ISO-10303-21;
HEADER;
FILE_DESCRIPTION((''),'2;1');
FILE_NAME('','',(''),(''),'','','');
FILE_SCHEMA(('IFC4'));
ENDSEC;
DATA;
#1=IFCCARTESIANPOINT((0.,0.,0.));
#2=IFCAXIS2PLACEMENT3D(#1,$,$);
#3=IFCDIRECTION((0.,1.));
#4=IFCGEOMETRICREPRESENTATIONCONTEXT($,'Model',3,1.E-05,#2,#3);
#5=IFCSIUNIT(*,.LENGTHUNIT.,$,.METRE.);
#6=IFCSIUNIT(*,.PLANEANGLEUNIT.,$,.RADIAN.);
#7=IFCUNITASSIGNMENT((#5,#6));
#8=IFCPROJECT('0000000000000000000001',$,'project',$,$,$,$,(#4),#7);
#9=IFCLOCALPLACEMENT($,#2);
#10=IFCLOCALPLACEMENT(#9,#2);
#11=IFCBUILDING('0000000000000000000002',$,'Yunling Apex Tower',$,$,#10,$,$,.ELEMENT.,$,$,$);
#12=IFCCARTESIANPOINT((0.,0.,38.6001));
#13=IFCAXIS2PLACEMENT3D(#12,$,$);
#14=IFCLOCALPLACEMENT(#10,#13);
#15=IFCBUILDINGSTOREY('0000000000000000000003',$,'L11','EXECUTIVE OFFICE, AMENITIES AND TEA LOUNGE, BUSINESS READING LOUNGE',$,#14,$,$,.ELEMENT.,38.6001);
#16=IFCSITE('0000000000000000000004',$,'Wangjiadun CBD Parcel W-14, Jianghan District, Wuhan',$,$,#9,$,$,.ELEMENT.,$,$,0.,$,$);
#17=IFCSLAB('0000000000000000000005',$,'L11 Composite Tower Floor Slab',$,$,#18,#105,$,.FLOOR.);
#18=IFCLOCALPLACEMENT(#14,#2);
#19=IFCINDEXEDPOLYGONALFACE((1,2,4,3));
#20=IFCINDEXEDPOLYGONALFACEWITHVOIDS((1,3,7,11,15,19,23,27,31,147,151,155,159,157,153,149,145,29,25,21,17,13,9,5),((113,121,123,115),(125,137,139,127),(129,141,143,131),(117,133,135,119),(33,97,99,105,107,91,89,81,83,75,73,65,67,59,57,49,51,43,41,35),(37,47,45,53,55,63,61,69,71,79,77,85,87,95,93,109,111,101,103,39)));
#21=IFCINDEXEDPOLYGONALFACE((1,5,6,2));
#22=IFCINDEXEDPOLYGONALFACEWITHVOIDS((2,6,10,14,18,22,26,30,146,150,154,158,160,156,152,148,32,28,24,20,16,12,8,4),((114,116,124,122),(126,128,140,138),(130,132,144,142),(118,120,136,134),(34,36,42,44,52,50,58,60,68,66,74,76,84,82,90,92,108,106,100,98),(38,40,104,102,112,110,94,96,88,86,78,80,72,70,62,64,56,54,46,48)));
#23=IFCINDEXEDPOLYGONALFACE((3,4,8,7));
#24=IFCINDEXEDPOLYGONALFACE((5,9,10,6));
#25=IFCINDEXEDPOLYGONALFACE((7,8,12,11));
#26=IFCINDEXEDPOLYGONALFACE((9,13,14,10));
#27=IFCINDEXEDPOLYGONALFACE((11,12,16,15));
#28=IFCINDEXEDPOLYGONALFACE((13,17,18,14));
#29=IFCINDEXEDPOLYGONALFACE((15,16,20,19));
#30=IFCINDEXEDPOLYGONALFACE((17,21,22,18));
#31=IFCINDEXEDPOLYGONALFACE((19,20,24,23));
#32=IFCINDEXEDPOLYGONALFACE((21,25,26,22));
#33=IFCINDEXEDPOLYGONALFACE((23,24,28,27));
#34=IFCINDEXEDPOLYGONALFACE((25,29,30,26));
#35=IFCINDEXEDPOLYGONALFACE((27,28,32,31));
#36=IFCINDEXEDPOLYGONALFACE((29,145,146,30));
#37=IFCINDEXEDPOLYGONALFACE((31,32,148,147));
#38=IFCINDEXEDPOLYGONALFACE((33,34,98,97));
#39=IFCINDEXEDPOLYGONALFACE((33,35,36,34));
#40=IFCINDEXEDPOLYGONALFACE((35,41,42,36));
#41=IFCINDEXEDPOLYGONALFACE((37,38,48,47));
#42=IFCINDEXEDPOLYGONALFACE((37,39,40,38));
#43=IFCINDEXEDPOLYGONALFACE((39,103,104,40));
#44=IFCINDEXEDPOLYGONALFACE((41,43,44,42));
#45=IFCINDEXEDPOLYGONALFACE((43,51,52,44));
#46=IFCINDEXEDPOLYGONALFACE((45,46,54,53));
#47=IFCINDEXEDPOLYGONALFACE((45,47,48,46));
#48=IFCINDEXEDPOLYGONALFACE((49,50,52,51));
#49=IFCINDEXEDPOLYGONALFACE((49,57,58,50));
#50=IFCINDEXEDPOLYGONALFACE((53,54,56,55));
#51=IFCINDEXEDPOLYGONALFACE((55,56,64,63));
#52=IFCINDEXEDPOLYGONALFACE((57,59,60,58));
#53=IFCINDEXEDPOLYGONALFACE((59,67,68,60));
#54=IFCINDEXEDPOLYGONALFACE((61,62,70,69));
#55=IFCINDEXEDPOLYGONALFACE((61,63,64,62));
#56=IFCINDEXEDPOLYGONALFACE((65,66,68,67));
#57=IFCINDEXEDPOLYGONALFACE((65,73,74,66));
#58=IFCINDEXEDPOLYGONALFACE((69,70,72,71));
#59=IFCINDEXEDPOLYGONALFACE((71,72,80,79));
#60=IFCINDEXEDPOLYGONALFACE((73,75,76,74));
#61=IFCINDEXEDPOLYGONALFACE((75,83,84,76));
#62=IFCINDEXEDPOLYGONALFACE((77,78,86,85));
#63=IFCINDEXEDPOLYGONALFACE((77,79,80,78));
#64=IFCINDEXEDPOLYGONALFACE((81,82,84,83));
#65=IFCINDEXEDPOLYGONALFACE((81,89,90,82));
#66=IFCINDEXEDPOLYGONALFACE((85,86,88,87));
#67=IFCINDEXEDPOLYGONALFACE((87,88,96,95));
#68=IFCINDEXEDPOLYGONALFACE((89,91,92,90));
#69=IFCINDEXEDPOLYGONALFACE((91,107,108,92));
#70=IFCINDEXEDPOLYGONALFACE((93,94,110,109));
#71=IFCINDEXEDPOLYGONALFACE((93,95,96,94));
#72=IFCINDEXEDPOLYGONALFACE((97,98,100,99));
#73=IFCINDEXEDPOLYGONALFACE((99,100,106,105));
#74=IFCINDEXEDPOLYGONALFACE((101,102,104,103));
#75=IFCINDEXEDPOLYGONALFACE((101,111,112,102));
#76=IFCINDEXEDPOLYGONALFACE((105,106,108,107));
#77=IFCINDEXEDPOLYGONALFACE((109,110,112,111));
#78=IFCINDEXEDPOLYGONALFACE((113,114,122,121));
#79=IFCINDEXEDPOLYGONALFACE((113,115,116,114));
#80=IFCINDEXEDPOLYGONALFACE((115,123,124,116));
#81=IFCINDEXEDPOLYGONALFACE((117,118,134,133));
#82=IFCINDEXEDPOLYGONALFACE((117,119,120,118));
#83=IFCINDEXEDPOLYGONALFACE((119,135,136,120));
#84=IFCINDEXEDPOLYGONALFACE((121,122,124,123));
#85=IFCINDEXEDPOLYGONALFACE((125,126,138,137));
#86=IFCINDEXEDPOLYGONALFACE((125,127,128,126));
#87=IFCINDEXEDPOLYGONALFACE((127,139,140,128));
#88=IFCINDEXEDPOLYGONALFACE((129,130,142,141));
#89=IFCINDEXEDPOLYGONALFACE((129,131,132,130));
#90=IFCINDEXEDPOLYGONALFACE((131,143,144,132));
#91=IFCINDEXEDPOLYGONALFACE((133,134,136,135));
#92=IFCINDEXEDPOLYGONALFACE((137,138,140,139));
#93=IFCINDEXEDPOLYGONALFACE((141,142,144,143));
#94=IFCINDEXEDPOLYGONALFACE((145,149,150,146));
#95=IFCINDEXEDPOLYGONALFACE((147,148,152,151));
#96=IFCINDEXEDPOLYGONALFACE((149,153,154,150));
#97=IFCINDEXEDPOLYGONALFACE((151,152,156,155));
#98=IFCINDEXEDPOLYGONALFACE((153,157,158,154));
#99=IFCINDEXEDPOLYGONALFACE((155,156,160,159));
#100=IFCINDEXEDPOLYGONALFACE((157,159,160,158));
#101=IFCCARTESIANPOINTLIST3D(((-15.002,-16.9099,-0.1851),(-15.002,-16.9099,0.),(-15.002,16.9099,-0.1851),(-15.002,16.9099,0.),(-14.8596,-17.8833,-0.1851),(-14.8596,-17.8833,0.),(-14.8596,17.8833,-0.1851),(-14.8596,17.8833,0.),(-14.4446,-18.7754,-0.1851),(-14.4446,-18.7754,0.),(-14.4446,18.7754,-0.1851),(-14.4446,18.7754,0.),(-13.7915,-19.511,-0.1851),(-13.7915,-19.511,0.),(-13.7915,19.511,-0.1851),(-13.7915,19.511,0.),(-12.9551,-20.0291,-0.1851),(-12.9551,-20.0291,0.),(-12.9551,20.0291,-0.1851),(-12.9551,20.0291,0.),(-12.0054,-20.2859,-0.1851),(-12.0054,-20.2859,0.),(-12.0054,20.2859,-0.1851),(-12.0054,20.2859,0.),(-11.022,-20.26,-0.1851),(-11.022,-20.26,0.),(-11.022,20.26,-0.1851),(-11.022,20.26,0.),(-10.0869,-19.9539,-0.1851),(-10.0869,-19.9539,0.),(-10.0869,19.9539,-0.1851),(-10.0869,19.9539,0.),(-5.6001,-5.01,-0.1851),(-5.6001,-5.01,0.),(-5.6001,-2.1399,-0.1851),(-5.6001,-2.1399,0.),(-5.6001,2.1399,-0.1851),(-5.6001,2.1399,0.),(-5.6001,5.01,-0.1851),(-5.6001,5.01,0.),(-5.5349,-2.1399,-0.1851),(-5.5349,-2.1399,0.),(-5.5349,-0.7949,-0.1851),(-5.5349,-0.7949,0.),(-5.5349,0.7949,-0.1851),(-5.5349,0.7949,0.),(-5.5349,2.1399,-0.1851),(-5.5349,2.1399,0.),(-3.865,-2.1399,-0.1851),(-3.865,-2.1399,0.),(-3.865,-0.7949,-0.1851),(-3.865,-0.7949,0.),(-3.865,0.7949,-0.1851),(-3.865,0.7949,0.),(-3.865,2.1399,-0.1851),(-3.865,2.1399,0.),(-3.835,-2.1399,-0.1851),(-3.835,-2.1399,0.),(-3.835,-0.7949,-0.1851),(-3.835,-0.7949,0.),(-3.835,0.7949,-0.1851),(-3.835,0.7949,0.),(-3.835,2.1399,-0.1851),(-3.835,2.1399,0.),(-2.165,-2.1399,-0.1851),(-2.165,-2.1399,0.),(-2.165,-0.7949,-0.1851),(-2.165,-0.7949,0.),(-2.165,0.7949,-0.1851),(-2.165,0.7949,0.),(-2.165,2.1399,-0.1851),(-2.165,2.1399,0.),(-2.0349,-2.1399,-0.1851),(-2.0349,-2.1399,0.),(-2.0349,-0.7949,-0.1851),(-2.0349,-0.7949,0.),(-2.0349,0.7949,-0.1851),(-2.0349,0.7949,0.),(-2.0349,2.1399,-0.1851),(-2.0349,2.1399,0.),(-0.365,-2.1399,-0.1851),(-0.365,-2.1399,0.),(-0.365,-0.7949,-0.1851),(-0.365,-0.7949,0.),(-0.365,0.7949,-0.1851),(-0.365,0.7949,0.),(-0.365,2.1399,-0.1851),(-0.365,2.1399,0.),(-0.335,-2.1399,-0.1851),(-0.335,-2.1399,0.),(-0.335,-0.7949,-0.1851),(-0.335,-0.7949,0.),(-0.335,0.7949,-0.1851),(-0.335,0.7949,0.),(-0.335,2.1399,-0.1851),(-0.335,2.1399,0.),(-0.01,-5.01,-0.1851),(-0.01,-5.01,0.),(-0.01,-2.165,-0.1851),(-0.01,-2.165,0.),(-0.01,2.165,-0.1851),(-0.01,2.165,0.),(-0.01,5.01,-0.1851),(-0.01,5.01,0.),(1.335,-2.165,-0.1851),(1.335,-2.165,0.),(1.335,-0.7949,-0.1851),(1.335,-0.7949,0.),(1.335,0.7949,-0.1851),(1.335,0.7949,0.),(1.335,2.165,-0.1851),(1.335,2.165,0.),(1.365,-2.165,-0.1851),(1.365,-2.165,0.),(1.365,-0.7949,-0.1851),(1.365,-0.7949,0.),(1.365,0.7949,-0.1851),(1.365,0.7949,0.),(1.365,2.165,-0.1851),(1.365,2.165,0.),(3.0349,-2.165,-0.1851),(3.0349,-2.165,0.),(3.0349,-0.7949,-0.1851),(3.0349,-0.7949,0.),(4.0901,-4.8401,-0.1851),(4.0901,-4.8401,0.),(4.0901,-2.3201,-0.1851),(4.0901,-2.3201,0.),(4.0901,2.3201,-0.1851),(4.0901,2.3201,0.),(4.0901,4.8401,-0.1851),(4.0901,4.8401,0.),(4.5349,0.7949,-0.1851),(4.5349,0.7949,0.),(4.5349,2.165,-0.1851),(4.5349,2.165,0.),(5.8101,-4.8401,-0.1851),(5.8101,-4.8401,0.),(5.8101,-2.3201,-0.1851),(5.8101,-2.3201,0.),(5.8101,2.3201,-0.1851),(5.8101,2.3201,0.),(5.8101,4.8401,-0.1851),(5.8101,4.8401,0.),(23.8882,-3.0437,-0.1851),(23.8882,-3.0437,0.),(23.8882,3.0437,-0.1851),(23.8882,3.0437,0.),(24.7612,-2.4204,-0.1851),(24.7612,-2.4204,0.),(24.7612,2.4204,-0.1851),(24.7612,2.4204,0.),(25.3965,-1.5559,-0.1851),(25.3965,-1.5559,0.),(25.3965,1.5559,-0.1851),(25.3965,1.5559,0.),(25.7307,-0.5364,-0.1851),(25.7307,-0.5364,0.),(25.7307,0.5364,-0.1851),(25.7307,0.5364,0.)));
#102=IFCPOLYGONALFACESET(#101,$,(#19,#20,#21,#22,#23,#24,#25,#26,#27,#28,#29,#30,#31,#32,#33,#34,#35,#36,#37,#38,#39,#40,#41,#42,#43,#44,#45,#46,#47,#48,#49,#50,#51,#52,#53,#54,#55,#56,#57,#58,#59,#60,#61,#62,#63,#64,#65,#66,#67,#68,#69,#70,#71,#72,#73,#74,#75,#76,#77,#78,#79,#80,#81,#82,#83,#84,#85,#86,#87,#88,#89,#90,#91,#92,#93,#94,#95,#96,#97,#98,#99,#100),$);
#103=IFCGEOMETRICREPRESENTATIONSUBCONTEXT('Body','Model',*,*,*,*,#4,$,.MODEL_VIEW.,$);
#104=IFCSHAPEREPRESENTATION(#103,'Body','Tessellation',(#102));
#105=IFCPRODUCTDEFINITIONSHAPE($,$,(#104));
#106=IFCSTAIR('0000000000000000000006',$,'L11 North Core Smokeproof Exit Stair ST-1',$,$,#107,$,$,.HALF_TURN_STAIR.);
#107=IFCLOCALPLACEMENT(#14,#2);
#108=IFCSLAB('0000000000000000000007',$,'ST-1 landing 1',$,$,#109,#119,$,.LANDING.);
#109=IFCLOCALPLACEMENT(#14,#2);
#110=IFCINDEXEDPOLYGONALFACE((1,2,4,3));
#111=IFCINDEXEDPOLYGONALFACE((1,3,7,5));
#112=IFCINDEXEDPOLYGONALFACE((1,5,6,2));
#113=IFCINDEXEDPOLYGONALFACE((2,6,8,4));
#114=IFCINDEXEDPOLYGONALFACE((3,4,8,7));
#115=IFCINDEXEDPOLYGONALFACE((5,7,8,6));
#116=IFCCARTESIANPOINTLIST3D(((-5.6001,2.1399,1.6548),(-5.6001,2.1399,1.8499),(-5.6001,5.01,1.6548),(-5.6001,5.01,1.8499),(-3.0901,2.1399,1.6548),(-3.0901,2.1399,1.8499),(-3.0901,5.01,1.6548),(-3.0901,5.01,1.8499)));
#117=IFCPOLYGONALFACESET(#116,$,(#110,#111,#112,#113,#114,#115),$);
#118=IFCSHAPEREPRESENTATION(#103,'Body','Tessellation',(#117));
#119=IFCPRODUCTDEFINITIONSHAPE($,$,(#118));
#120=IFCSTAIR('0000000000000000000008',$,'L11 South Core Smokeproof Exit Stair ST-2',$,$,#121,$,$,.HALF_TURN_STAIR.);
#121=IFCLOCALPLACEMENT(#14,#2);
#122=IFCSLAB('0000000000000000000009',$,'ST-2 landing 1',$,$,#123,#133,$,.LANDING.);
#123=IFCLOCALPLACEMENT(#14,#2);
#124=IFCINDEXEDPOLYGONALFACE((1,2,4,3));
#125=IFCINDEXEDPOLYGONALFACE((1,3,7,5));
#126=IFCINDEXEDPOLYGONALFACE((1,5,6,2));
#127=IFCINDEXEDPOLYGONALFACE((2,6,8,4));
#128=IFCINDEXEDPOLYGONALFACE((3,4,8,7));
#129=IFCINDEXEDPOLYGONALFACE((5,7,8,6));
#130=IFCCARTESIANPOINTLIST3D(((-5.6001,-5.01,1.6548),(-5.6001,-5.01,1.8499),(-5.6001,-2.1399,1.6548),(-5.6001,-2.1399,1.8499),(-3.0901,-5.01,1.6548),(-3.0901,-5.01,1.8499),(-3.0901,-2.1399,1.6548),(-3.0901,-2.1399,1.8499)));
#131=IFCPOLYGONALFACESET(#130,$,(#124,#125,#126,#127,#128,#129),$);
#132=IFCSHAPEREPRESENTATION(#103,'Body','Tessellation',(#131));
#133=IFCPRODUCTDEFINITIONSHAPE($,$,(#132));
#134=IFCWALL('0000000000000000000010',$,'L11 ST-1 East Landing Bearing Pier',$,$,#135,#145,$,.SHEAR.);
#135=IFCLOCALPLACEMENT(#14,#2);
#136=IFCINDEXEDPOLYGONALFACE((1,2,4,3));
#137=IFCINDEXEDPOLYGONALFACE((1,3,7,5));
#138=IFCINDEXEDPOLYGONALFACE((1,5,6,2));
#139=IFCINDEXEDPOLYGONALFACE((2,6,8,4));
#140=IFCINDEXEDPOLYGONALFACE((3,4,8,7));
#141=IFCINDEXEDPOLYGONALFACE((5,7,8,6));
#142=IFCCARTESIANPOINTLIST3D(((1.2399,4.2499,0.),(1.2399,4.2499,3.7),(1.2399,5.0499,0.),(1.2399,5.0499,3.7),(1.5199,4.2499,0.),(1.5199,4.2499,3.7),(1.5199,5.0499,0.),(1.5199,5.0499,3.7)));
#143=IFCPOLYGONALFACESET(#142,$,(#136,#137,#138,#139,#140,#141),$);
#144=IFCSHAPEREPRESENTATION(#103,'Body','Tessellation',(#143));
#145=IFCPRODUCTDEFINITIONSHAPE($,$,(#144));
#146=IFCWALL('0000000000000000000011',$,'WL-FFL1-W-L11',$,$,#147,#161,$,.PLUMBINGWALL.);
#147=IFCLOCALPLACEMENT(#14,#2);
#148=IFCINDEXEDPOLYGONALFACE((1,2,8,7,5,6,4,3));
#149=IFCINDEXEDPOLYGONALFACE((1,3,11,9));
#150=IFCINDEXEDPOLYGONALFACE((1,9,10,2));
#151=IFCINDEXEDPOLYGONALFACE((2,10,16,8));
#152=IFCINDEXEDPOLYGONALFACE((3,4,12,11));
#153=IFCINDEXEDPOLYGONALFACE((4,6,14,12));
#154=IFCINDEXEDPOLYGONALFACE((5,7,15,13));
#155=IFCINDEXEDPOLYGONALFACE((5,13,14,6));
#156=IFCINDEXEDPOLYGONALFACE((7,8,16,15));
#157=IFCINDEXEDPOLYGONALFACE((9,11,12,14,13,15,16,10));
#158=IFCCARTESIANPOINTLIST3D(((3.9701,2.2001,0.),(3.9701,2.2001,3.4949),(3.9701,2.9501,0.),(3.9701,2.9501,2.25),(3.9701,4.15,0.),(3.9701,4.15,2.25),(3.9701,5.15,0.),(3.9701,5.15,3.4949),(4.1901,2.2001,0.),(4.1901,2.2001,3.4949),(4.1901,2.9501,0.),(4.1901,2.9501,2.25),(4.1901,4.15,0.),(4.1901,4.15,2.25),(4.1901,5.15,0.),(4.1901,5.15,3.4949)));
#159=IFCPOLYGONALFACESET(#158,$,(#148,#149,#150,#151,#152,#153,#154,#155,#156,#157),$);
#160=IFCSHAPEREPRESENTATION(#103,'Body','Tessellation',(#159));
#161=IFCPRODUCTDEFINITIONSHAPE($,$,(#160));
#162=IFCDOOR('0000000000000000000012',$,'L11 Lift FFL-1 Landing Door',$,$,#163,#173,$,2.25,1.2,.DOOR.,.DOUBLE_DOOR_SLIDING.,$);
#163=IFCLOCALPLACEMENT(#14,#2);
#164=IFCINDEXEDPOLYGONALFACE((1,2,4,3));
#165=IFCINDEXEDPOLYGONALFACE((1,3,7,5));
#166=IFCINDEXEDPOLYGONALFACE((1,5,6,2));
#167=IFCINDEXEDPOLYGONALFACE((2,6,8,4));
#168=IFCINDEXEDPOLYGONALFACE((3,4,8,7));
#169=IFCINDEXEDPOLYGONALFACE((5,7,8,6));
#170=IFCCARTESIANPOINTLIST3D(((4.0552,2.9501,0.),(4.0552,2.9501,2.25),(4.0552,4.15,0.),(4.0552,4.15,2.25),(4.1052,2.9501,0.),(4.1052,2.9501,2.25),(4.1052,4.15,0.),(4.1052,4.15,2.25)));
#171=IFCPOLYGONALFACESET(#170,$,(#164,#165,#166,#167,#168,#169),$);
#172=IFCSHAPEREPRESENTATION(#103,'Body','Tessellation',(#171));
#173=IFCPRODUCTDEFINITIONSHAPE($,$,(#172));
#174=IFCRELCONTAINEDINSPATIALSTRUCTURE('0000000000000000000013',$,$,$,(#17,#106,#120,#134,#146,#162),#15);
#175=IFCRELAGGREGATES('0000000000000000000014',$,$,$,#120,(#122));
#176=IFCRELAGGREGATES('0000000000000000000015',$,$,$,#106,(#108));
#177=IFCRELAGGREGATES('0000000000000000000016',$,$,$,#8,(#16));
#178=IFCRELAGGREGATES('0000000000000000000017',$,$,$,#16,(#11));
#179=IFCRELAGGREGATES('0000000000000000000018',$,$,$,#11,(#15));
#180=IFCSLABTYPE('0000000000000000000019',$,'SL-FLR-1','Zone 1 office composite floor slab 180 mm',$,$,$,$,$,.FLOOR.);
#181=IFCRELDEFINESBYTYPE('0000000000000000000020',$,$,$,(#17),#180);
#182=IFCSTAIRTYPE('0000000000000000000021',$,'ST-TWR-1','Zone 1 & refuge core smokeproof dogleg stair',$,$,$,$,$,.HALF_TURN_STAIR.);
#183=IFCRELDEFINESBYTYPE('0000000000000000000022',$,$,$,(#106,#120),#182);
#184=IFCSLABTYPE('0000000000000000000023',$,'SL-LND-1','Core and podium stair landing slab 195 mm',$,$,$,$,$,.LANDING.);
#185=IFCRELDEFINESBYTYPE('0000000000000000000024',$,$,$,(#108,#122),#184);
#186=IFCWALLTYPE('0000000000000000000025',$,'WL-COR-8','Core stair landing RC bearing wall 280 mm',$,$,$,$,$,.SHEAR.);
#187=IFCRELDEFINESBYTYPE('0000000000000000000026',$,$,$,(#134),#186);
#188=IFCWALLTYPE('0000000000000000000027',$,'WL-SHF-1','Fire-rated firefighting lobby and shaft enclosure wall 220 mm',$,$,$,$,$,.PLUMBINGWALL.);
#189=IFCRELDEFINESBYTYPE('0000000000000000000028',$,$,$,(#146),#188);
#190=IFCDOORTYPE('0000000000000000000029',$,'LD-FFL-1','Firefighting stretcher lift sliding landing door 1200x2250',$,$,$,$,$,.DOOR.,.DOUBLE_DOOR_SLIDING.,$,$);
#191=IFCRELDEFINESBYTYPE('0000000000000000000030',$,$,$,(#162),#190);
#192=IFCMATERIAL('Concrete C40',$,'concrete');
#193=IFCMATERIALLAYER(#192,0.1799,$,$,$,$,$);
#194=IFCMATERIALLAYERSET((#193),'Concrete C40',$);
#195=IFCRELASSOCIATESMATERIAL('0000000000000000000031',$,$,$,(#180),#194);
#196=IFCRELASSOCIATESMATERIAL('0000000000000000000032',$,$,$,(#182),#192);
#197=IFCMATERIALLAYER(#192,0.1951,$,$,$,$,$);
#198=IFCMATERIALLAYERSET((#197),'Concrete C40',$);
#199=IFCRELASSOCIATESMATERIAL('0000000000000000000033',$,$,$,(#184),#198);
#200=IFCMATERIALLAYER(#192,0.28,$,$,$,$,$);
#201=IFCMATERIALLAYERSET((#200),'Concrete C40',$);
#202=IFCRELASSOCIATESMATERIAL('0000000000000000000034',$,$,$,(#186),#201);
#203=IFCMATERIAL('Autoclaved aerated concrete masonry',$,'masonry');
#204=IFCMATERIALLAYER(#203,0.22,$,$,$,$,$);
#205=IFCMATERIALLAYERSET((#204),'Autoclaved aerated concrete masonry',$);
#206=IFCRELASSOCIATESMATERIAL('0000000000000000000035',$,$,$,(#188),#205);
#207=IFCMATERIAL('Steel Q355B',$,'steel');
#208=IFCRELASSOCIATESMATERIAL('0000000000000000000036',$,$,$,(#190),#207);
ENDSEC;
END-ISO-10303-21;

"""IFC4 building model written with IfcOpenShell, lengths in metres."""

from ifc_helpers import new_model, si_unit, direction, frame, frame_2d, origin, place, context, subcontext, project, spatial, polyline, rectangle, outline, extrude, material, layer, layer_set, type_object, element, fill, aggregate, save


model = new_model("IFC4")

# Units and contexts
model_context = context("Model", 3, precision=1e-05, world=origin(), true_north=direction((0.0, 1.0)))
body_context = subcontext(model_context, "Body", "Model", "MODEL_VIEW")
ifc_project = project(units=[si_unit("LENGTHUNIT", "METRE"), si_unit("PLANEANGLEUNIT", "RADIAN")], contexts=[model_context])

# Site, building, storey
site_placement = place(None, origin())
site = spatial("IfcSite", under=ifc_project, at=site_placement, Name="Wangjiadun CBD Parcel W-14, Jianghan District, Wuhan", CompositionType="ELEMENT", RefElevation=0.0)
building_placement = place(site_placement, origin())
building = spatial("IfcBuilding", under=site, at=building_placement, Name="Yunling Apex Tower", CompositionType="ELEMENT")
storey_placement = place(building_placement, frame((0.0, 0.0, 38.6001)))
storey = spatial("IfcBuildingStorey", under=building, at=storey_placement, Name="L11", Description="EXECUTIVE OFFICE, AMENITIES AND TEA LOUNGE, BUSINESS READING LOUNGE", CompositionType="ELEMENT", Elevation=38.6001)

# Slab
ifc_material_1 = material(Name="Concrete C40", Category="concrete")
ifc_layer_1 = layer(ifc_material_1, 0.1799)
ifc_layer_set_1 = layer_set([ifc_layer_1], Name="Concrete C40")
slab_type_1 = type_object("IfcSlabType", Name="SL-FLR-1", Description="Zone 1 office composite floor slab 180 mm", PredefinedType="FLOOR", material=ifc_layer_set_1)
slab_1_placement = place(storey_placement, frame((0.0, 0.0, -0.1851)))
element("IfcSlab", 1, at=slab_1_placement, inside=storey, type_object=slab_type_1, Name="L11 Composite Tower Floor Slab", PredefinedType="FLOOR", context=body_context, shape_type="SweptSolid", body=[
    extrude(outline(polyline([(-15.002, -16.9099), (-14.8596, -17.8833), (-14.4446, -18.7754), (-13.7915, -19.511), (-12.9551, -20.0291), (-12.0054, -20.2859), (-11.022, -20.26), (-10.0869, -19.9539), (23.8882, -3.0437), (24.7612, -2.4204), (25.3965, -1.5559), (25.7307, -0.5364), (25.7307, 0.5364), (25.3965, 1.5559), (24.7612, 2.4204), (23.8882, 3.0437), (-10.0869, 19.9539), (-11.022, 20.26), (-12.0054, 20.2859), (-12.9551, 20.0291), (-13.7915, 19.511), (-14.4446, 18.7754), (-14.8596, 17.8833), (-15.002, 16.9099), (-15.002, -16.9099)]), holes=[polyline([(5.8101, -2.3201), (5.8101, -4.8401), (4.0901, -4.8401), (4.0901, -2.3201), (5.8101, -2.3201)]), polyline([(5.8101, 4.8401), (5.8101, 2.3201), (4.0901, 2.3201), (4.0901, 4.8401), (5.8101, 4.8401)]), polyline([(1.365, 2.165), (4.5349, 2.165), (4.5349, 0.7949), (1.365, 0.7949), (1.365, 2.165)]), polyline([(3.0349, -0.7949), (3.0349, -2.165), (1.365, -2.165), (1.365, -0.7949), (3.0349, -0.7949)]), polyline([(-5.5349, -0.7949), (-3.865, -0.7949), (-3.865, -2.1399), (-3.835, -2.1399), (-3.835, -0.7949), (-2.165, -0.7949), (-2.165, -2.1399), (-2.0349, -2.1399), (-2.0349, -0.7949), (-0.365, -0.7949), (-0.365, -2.1399), (-0.335, -2.1399), (-0.335, -0.7949), (1.335, -0.7949), (1.335, -2.165), (-0.01, -2.165), (-0.01, -5.01), (-5.6001, -5.01), (-5.6001, -2.1399), (-5.5349, -2.1399), (-5.5349, -0.7949)]), polyline([(-5.6001, 2.1399), (-5.6001, 5.01), (-0.01, 5.01), (-0.01, 2.165), (1.335, 2.165), (1.335, 0.7949), (-0.335, 0.7949), (-0.335, 2.1399), (-0.365, 2.1399), (-0.365, 0.7949), (-2.0349, 0.7949), (-2.0349, 2.1399), (-2.165, 2.1399), (-2.165, 0.7949), (-3.835, 0.7949), (-3.835, 2.1399), (-3.865, 2.1399), (-3.865, 0.7949), (-5.5349, 0.7949), (-5.5349, 2.1399), (-5.6001, 2.1399)])]), origin(), (0.0, 0.0, 1.0), 0.1851),
])

# Stairs, slabs
stair_type = type_object("IfcStairType", Name="ST-TWR-1", Description="Zone 1 & refuge core smokeproof dogleg stair", PredefinedType="HALF_TURN_STAIR", material=ifc_material_1)
stair_1_placement = place(storey_placement, origin())
stair_1 = element("IfcStair", 2, at=stair_1_placement, inside=storey, type_object=stair_type, Name="L11 North Core Smokeproof Exit Stair ST-1", PredefinedType="HALF_TURN_STAIR")
ifc_layer_2 = layer(ifc_material_1, 0.1951)
ifc_layer_set_2 = layer_set([ifc_layer_2], Name="Concrete C40")
slab_type_2 = type_object("IfcSlabType", Name="SL-LND-1", Description="Core and podium stair landing slab 195 mm", PredefinedType="LANDING", material=ifc_layer_set_2)
slab_2_placement = place(storey_placement, frame((0.0, 0.0, 1.6548)))
slab_2 = element("IfcSlab", 3, at=slab_2_placement, type_object=slab_type_2, Name="ST-1 landing 1", PredefinedType="LANDING", context=body_context, shape_type="SweptSolid", body=[
    extrude(outline(polyline([(-3.0901, 5.01), (-5.6001, 5.01), (-5.6001, 2.1399), (-3.0901, 2.1399), (-3.0901, 5.01)])), origin(), (0.0, 0.0, 1.0), 0.1951),
])
stair_2_placement = place(storey_placement, origin())
stair_2 = element("IfcStair", 4, at=stair_2_placement, inside=storey, type_object=stair_type, Name="L11 South Core Smokeproof Exit Stair ST-2", PredefinedType="HALF_TURN_STAIR")
slab_3_placement = place(storey_placement, frame((0.0, 0.0, 1.6548)))
slab_3 = element("IfcSlab", 5, at=slab_3_placement, type_object=slab_type_2, Name="ST-2 landing 1", PredefinedType="LANDING", context=body_context, shape_type="SweptSolid", body=[
    extrude(outline(polyline([(-3.0901, -2.1399), (-5.6001, -2.1399), (-5.6001, -5.01), (-3.0901, -5.01), (-3.0901, -2.1399)])), origin(), (0.0, 0.0, 1.0), 0.1951),
])
aggregate(stair_2, [slab_3])

# Wall
ifc_layer_3 = layer(ifc_material_1, 0.28)
ifc_layer_set_3 = layer_set([ifc_layer_3], Name="Concrete C40")
wall_type_1 = type_object("IfcWallType", Name="WL-COR-8", Description="Core stair landing RC bearing wall 280 mm", PredefinedType="SHEAR", material=ifc_layer_set_3)
wall_1_placement = place(storey_placement, frame((1.3799, 4.25, 0.0), z_axis=(0.0, 0.0, 1.0), x_axis=(0.0, 1.0, 0.0)))
element("IfcWall", 6, at=wall_1_placement, inside=storey, type_object=wall_type_1, Name="L11 ST-1 East Landing Bearing Pier", PredefinedType="SHEAR", context=body_context, shape_type="SweptSolid", body=[
    extrude(rectangle(XDim=0.8, YDim=0.28, at=frame_2d((0.3999, 0.0))), origin(), (0.0, 0.0, 1.0), 3.7),
])

# Wall, opening, door
ifc_material_2 = material(Name="Autoclaved aerated concrete masonry", Category="masonry")
ifc_layer_4 = layer(ifc_material_2, 0.22)
ifc_layer_set_4 = layer_set([ifc_layer_4], Name="Autoclaved aerated concrete masonry")
wall_type_2 = type_object("IfcWallType", Name="WL-SHF-1", Description="Fire-rated firefighting lobby and shaft enclosure wall 220 mm", PredefinedType="PLUMBINGWALL", material=ifc_layer_set_4)
ifc_material_3 = material(Name="Steel Q355B", Category="steel")
wall_2_placement = place(storey_placement, frame((4.0801, 2.2, 0.0), z_axis=(0.0, 0.0, 1.0), x_axis=(0.0, 1.0, 0.0)))
wall_2 = element("IfcWall", 7, at=wall_2_placement, inside=storey, type_object=wall_type_2, Name="WL-FFL1-W-L11", PredefinedType="PLUMBINGWALL", context=body_context, shape_type="SweptSolid", body=[
    extrude(rectangle(XDim=2.95, YDim=0.22, at=frame_2d((1.4751, 0.0))), origin(), (0.0, 0.0, 1.0), 3.4949),
])
opening_1_placement = place(wall_2_placement, frame((0.75, 0.0, 0.0)))
opening_1 = element("IfcOpeningElement", 8, at=opening_1_placement, cuts=wall_2, PredefinedType="OPENING", context=body_context, shape_type="SweptSolid", body=[
    extrude(rectangle(XDim=1.2, YDim=2.25, at=frame_2d((0.6001, 1.125))), frame((0.0, 0.1201, 0.0), z_axis=(0.0, -1.0, 0.0), x_axis=(1.0, 0.0, 0.0)), (0.0, 0.0, 1.0), 0.24),
])
door_type_1 = type_object("IfcDoorType", Name="LD-FFL-1", Description="Firefighting stretcher lift sliding landing door 1200x2250", OperationType="DOUBLE_DOOR_SLIDING", PredefinedType="DOOR", material=ifc_material_3)
door_1_placement = place(opening_1_placement, origin())
door_1 = element("IfcDoor", 9, at=door_1_placement, inside=storey, type_object=door_type_1, Name="L11 Lift FFL-1 Landing Door", OperationType="DOUBLE_DOOR_SLIDING", OverallHeight=2.25, OverallWidth=1.2, PredefinedType="DOOR", context=body_context, shape_type="SweptSolid", body=[
    extrude(rectangle(XDim=1.2, YDim=2.25, at=frame_2d((0.6001, 1.125))), frame((0.0, 0.0249, 0.0), z_axis=(0.0, -1.0, 0.0), x_axis=(1.0, 0.0, 0.0)), (0.0, 0.0, 1.0), 0.05),
])
fill(opening_1, door_1)

aggregate(stair_1, [slab_2])

save(model, "model.ifc")
